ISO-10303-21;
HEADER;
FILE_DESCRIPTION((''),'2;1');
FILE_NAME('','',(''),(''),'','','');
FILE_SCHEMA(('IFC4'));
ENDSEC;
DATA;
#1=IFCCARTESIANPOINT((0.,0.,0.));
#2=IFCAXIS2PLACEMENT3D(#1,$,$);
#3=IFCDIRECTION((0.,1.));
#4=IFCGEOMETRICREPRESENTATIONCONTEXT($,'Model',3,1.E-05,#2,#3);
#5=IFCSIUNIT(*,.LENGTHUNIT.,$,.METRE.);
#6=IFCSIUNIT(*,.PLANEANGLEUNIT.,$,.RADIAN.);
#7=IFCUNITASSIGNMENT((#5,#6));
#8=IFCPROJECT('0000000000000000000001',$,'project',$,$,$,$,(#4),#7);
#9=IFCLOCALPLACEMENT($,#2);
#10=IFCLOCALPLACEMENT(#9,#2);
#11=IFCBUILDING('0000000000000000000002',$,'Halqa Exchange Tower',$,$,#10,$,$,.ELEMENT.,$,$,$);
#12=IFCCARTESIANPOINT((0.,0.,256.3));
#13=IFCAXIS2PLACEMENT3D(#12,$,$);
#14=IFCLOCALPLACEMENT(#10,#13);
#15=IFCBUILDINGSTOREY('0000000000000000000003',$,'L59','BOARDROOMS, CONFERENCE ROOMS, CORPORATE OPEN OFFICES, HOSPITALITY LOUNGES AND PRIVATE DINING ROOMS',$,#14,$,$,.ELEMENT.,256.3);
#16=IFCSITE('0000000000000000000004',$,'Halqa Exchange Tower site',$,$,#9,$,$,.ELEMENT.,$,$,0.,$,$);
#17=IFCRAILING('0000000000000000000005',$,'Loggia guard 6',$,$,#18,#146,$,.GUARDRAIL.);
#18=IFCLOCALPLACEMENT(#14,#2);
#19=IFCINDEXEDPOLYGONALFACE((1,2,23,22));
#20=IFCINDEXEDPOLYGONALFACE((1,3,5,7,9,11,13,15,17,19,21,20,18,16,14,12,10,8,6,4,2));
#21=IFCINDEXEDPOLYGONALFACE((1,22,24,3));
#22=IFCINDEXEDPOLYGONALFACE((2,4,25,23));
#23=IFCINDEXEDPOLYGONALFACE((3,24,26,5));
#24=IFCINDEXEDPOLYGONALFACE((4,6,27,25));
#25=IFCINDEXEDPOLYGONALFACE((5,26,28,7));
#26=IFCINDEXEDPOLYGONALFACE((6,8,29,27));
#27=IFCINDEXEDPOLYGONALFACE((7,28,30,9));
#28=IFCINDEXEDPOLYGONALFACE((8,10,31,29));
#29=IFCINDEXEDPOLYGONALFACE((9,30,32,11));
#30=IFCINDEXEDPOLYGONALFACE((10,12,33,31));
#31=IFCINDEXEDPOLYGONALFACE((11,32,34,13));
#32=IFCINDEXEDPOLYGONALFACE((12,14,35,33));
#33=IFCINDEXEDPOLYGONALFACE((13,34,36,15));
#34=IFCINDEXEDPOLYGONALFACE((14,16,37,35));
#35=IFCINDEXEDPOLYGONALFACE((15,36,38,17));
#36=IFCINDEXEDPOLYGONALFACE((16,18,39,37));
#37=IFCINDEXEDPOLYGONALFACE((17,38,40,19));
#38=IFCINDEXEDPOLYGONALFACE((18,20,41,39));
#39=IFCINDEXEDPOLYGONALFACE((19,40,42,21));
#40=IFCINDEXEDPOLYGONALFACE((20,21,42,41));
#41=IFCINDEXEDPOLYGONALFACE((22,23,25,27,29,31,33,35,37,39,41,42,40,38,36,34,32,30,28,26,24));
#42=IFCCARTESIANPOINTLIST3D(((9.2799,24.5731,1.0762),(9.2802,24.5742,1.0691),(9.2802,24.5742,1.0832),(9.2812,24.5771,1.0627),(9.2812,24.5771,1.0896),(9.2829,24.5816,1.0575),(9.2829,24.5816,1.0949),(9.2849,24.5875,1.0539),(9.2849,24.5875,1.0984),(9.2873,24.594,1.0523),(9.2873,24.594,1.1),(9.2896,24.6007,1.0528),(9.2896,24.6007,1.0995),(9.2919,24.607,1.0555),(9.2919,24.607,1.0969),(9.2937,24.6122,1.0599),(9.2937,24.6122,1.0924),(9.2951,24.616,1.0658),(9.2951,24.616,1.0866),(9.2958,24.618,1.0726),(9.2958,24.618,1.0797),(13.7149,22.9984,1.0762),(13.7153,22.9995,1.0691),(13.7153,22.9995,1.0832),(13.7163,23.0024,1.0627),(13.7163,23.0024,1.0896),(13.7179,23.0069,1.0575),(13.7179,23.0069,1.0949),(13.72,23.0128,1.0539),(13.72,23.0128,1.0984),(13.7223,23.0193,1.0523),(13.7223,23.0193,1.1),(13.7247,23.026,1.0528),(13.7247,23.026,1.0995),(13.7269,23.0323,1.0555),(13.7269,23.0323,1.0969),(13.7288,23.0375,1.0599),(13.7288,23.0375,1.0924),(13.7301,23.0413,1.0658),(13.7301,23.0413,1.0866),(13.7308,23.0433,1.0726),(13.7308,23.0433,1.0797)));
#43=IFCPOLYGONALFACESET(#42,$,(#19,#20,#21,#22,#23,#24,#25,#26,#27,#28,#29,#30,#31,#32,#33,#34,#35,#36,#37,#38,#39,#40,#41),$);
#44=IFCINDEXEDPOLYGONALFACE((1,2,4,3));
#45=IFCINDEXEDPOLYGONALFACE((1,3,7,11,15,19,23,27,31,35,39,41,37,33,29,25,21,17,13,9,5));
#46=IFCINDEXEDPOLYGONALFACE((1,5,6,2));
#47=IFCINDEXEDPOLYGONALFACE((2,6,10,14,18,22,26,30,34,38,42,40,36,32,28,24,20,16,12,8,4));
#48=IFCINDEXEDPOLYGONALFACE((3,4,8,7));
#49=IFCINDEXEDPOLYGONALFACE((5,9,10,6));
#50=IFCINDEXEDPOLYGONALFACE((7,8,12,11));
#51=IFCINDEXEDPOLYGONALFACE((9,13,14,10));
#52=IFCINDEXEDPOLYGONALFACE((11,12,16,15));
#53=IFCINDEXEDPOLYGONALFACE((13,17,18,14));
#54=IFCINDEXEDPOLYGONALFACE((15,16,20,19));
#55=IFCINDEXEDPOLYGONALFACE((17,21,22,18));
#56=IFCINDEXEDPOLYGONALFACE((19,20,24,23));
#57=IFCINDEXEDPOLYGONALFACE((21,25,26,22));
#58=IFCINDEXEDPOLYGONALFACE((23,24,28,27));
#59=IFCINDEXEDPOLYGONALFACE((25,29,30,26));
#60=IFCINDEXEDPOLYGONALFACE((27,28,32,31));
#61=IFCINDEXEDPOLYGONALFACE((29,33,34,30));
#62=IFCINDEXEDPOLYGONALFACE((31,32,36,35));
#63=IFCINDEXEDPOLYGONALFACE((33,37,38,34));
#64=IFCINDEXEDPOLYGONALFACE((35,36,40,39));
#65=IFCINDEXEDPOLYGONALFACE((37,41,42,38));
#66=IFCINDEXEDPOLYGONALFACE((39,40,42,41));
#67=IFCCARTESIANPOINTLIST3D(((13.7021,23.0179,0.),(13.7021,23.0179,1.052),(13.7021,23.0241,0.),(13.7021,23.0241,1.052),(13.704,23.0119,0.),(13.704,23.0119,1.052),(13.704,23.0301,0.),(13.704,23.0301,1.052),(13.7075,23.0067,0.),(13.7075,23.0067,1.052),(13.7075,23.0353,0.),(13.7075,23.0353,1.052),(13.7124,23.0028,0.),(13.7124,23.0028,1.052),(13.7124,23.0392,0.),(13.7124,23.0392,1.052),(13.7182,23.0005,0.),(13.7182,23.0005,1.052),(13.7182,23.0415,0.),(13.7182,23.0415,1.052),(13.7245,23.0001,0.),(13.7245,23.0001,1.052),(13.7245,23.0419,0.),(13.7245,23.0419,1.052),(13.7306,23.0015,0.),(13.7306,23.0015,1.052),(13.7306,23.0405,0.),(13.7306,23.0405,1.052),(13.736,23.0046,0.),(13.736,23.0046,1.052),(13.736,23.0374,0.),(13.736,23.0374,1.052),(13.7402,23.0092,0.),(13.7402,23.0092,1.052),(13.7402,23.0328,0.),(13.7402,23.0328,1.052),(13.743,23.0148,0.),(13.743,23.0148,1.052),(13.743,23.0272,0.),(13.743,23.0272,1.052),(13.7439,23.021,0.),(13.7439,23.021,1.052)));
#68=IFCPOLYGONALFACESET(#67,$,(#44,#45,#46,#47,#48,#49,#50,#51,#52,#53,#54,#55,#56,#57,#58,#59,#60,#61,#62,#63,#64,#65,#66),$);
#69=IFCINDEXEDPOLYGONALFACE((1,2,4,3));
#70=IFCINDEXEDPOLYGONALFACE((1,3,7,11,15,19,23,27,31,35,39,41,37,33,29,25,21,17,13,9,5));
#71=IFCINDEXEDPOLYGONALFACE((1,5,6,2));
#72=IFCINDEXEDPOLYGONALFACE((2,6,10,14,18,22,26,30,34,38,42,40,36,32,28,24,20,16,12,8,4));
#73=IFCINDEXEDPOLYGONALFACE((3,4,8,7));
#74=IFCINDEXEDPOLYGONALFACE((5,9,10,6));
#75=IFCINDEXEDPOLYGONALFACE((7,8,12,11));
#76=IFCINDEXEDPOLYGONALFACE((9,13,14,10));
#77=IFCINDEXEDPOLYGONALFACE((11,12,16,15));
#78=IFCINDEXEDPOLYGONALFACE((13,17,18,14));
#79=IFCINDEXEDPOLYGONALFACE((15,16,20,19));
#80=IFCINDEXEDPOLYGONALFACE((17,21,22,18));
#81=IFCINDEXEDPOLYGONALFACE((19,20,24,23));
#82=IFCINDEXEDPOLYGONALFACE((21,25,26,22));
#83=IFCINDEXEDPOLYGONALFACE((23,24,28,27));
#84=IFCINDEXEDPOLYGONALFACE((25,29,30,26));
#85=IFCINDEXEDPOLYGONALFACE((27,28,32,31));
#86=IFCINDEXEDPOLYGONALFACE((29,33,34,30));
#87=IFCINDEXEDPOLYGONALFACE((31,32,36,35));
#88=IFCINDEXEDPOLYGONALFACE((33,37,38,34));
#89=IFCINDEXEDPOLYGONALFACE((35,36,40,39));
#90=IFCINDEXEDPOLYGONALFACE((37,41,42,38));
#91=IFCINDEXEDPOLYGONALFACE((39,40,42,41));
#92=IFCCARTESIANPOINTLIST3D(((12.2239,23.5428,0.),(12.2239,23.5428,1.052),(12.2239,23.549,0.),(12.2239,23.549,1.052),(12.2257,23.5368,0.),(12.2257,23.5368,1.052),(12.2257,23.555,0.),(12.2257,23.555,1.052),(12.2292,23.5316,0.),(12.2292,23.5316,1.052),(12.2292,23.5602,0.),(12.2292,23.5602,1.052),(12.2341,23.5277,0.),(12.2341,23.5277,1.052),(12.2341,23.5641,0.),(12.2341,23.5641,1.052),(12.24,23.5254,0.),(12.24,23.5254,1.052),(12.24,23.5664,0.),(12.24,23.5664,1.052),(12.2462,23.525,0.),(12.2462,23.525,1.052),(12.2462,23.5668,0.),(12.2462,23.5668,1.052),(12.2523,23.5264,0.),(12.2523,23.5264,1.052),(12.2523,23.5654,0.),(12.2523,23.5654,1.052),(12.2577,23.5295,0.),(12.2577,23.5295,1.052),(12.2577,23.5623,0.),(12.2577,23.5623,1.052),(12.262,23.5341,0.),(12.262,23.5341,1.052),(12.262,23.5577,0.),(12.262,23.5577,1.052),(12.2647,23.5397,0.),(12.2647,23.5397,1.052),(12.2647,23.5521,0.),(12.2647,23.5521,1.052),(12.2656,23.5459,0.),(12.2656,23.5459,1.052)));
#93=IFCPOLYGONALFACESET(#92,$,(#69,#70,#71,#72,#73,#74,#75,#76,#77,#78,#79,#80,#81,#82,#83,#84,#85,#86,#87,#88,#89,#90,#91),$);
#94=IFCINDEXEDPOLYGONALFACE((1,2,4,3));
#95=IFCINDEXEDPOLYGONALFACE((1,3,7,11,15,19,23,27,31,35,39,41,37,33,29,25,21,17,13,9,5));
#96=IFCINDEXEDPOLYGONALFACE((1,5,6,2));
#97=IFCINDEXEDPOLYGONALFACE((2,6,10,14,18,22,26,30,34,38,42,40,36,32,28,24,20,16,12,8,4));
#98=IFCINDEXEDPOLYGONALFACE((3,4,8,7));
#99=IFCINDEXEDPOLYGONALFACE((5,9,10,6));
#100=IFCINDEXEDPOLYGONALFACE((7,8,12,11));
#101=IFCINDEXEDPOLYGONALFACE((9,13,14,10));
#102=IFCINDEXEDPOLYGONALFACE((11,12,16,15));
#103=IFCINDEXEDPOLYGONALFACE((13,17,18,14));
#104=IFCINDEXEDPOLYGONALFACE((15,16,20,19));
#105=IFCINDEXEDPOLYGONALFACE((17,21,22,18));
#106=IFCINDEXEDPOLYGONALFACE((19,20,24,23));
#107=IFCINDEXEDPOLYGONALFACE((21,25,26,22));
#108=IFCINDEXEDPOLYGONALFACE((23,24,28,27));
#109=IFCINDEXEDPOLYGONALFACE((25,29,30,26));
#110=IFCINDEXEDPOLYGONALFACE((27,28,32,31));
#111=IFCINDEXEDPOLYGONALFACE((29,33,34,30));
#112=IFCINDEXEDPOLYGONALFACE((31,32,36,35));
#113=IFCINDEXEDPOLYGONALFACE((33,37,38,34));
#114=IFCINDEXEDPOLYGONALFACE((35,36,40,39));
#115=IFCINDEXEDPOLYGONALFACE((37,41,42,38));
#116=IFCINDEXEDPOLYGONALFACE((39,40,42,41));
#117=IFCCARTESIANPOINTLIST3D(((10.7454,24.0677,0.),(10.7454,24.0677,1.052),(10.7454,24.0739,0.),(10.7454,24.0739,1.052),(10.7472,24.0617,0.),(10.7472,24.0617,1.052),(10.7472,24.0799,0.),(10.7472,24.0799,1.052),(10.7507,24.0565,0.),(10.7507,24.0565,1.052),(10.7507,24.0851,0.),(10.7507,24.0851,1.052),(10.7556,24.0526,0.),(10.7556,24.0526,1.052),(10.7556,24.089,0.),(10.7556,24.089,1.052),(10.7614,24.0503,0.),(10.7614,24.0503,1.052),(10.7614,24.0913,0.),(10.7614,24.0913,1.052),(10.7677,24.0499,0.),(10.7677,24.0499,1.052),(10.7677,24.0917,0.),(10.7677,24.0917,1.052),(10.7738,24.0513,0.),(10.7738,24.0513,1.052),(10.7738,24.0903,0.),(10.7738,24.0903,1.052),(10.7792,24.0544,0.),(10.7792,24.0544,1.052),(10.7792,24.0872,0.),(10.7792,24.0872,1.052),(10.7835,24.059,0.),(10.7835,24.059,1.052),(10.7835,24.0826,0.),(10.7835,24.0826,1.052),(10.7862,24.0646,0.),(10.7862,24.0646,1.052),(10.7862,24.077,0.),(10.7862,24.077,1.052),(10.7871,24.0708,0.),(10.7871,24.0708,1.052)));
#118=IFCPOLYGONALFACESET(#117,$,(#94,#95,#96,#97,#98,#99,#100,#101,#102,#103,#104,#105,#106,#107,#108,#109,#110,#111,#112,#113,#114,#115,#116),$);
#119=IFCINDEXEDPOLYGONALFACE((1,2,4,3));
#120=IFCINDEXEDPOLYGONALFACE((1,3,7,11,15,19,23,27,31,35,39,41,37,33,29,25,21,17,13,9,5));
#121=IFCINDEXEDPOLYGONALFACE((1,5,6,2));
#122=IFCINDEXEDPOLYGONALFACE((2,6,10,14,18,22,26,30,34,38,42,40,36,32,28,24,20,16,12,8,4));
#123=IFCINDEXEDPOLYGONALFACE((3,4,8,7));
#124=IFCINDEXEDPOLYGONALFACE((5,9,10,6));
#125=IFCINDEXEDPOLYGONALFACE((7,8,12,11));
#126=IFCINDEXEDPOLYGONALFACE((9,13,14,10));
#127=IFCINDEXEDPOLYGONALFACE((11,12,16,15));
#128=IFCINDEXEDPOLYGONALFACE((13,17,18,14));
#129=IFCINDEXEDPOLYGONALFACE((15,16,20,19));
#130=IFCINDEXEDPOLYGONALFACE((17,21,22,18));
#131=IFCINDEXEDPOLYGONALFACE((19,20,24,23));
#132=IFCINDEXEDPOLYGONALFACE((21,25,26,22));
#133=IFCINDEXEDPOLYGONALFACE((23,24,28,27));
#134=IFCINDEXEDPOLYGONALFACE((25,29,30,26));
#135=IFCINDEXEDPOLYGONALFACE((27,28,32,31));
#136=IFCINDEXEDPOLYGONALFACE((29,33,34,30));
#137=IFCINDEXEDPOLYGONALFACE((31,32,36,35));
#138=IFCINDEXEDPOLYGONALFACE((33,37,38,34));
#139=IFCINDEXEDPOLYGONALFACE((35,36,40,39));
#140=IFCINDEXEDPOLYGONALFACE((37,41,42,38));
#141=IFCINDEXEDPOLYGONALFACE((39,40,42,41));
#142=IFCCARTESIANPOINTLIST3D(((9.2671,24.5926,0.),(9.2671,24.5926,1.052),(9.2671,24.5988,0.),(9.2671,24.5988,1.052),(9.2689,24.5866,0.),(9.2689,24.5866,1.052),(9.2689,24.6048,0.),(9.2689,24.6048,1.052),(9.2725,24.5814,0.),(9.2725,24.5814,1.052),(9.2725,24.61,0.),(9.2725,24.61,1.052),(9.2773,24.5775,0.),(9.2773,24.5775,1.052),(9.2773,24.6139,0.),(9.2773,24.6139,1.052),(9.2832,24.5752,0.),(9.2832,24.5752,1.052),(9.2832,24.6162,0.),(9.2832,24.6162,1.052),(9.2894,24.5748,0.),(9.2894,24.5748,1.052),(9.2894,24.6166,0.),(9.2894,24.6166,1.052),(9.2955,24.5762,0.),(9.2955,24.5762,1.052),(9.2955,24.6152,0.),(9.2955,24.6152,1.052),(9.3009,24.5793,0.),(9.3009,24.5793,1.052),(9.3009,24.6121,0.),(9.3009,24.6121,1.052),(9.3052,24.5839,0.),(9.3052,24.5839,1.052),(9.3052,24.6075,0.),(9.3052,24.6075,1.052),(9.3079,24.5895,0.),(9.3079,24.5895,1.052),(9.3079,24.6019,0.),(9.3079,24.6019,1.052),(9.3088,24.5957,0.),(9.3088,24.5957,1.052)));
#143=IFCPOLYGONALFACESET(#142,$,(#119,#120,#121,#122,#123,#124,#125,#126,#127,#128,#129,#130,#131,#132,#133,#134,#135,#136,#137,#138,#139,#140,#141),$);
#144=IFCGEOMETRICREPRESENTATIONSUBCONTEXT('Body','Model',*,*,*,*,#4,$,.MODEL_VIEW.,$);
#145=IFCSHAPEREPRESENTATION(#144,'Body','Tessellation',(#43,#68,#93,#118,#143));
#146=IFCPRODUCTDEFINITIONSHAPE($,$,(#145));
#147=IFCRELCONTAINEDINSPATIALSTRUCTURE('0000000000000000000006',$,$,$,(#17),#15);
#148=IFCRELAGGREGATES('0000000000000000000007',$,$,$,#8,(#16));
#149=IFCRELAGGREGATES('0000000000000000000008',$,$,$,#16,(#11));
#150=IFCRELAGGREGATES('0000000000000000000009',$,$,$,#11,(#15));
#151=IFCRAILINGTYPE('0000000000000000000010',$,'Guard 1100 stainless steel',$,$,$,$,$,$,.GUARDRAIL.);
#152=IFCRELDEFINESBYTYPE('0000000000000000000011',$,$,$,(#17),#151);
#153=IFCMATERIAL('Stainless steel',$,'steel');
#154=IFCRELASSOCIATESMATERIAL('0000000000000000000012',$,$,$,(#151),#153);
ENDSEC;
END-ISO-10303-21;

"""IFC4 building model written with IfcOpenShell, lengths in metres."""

from ifc_helpers import new_model, si_unit, direction, frame, origin, origin_2d, place, context, subcontext, project, spatial, circle, extrude, material, type_object, element, save


model = new_model("IFC4")

# Units and contexts
model_context = context("Model", 3, precision=1e-05, world=origin(), true_north=direction((0.0, 1.0)))
body_context = subcontext(model_context, "Body", "Model", "MODEL_VIEW")
ifc_project = project(units=[si_unit("LENGTHUNIT", "METRE"), si_unit("PLANEANGLEUNIT", "RADIAN")], contexts=[model_context])

# Site, building, storey
site_placement = place(None, origin())
site = spatial("IfcSite", under=ifc_project, at=site_placement, Name="Halqa Exchange Tower site", CompositionType="ELEMENT", RefElevation=0.0)
building_placement = place(site_placement, origin())
building = spatial("IfcBuilding", under=site, at=building_placement, Name="Halqa Exchange Tower", CompositionType="ELEMENT")
storey_placement = place(building_placement, frame((0.0, 0.0, 256.3)))
storey = spatial("IfcBuildingStorey", under=building, at=storey_placement, Name="L59", Description="BOARDROOMS, CONFERENCE ROOMS, CORPORATE OPEN OFFICES, HOSPITALITY LOUNGES AND PRIVATE DINING ROOMS", CompositionType="ELEMENT", Elevation=256.3)

# Railing
ifc_material_1 = material(Name="Stainless steel", Category="steel")
railing_type = type_object("IfcRailingType", Name="Guard 1100 stainless steel", PredefinedType="GUARDRAIL", material=ifc_material_1)
railing_1_placement = place(storey_placement, frame((13.7229, 23.021, 0.0)))
element("IfcRailing", 1, at=railing_1_placement, inside=storey, type_object=railing_type, Name="Loggia guard 6", PredefinedType="GUARDRAIL", context=body_context, shape_type="SweptSolid", body=[
    extrude(circle(Radius=0.0239, at=origin_2d()), frame((0.0, 0.0, 1.0762), z_axis=(-0.942362, 0.334594, 0.0), x_axis=(-0.334594, -0.942362, 0.0)), (0.0, 0.0, 1.0), 4.7063),
    extrude(circle(Radius=0.021, at=origin_2d()), origin(), (0.0, 0.0, 1.0), 1.052),
    extrude(circle(Radius=0.021, at=origin_2d()), frame((-1.4783, 0.5249, 0.0)), (0.0, 0.0, 1.0), 1.052),
    extrude(circle(Radius=0.021, at=origin_2d()), frame((-2.9568, 1.0498, 0.0)), (0.0, 0.0, 1.0), 1.052),
    extrude(circle(Radius=0.021, at=origin_2d()), frame((-4.4351, 1.5747, 0.0)), (0.0, 0.0, 1.0), 1.052),
])

save(model, "model.ifc")
